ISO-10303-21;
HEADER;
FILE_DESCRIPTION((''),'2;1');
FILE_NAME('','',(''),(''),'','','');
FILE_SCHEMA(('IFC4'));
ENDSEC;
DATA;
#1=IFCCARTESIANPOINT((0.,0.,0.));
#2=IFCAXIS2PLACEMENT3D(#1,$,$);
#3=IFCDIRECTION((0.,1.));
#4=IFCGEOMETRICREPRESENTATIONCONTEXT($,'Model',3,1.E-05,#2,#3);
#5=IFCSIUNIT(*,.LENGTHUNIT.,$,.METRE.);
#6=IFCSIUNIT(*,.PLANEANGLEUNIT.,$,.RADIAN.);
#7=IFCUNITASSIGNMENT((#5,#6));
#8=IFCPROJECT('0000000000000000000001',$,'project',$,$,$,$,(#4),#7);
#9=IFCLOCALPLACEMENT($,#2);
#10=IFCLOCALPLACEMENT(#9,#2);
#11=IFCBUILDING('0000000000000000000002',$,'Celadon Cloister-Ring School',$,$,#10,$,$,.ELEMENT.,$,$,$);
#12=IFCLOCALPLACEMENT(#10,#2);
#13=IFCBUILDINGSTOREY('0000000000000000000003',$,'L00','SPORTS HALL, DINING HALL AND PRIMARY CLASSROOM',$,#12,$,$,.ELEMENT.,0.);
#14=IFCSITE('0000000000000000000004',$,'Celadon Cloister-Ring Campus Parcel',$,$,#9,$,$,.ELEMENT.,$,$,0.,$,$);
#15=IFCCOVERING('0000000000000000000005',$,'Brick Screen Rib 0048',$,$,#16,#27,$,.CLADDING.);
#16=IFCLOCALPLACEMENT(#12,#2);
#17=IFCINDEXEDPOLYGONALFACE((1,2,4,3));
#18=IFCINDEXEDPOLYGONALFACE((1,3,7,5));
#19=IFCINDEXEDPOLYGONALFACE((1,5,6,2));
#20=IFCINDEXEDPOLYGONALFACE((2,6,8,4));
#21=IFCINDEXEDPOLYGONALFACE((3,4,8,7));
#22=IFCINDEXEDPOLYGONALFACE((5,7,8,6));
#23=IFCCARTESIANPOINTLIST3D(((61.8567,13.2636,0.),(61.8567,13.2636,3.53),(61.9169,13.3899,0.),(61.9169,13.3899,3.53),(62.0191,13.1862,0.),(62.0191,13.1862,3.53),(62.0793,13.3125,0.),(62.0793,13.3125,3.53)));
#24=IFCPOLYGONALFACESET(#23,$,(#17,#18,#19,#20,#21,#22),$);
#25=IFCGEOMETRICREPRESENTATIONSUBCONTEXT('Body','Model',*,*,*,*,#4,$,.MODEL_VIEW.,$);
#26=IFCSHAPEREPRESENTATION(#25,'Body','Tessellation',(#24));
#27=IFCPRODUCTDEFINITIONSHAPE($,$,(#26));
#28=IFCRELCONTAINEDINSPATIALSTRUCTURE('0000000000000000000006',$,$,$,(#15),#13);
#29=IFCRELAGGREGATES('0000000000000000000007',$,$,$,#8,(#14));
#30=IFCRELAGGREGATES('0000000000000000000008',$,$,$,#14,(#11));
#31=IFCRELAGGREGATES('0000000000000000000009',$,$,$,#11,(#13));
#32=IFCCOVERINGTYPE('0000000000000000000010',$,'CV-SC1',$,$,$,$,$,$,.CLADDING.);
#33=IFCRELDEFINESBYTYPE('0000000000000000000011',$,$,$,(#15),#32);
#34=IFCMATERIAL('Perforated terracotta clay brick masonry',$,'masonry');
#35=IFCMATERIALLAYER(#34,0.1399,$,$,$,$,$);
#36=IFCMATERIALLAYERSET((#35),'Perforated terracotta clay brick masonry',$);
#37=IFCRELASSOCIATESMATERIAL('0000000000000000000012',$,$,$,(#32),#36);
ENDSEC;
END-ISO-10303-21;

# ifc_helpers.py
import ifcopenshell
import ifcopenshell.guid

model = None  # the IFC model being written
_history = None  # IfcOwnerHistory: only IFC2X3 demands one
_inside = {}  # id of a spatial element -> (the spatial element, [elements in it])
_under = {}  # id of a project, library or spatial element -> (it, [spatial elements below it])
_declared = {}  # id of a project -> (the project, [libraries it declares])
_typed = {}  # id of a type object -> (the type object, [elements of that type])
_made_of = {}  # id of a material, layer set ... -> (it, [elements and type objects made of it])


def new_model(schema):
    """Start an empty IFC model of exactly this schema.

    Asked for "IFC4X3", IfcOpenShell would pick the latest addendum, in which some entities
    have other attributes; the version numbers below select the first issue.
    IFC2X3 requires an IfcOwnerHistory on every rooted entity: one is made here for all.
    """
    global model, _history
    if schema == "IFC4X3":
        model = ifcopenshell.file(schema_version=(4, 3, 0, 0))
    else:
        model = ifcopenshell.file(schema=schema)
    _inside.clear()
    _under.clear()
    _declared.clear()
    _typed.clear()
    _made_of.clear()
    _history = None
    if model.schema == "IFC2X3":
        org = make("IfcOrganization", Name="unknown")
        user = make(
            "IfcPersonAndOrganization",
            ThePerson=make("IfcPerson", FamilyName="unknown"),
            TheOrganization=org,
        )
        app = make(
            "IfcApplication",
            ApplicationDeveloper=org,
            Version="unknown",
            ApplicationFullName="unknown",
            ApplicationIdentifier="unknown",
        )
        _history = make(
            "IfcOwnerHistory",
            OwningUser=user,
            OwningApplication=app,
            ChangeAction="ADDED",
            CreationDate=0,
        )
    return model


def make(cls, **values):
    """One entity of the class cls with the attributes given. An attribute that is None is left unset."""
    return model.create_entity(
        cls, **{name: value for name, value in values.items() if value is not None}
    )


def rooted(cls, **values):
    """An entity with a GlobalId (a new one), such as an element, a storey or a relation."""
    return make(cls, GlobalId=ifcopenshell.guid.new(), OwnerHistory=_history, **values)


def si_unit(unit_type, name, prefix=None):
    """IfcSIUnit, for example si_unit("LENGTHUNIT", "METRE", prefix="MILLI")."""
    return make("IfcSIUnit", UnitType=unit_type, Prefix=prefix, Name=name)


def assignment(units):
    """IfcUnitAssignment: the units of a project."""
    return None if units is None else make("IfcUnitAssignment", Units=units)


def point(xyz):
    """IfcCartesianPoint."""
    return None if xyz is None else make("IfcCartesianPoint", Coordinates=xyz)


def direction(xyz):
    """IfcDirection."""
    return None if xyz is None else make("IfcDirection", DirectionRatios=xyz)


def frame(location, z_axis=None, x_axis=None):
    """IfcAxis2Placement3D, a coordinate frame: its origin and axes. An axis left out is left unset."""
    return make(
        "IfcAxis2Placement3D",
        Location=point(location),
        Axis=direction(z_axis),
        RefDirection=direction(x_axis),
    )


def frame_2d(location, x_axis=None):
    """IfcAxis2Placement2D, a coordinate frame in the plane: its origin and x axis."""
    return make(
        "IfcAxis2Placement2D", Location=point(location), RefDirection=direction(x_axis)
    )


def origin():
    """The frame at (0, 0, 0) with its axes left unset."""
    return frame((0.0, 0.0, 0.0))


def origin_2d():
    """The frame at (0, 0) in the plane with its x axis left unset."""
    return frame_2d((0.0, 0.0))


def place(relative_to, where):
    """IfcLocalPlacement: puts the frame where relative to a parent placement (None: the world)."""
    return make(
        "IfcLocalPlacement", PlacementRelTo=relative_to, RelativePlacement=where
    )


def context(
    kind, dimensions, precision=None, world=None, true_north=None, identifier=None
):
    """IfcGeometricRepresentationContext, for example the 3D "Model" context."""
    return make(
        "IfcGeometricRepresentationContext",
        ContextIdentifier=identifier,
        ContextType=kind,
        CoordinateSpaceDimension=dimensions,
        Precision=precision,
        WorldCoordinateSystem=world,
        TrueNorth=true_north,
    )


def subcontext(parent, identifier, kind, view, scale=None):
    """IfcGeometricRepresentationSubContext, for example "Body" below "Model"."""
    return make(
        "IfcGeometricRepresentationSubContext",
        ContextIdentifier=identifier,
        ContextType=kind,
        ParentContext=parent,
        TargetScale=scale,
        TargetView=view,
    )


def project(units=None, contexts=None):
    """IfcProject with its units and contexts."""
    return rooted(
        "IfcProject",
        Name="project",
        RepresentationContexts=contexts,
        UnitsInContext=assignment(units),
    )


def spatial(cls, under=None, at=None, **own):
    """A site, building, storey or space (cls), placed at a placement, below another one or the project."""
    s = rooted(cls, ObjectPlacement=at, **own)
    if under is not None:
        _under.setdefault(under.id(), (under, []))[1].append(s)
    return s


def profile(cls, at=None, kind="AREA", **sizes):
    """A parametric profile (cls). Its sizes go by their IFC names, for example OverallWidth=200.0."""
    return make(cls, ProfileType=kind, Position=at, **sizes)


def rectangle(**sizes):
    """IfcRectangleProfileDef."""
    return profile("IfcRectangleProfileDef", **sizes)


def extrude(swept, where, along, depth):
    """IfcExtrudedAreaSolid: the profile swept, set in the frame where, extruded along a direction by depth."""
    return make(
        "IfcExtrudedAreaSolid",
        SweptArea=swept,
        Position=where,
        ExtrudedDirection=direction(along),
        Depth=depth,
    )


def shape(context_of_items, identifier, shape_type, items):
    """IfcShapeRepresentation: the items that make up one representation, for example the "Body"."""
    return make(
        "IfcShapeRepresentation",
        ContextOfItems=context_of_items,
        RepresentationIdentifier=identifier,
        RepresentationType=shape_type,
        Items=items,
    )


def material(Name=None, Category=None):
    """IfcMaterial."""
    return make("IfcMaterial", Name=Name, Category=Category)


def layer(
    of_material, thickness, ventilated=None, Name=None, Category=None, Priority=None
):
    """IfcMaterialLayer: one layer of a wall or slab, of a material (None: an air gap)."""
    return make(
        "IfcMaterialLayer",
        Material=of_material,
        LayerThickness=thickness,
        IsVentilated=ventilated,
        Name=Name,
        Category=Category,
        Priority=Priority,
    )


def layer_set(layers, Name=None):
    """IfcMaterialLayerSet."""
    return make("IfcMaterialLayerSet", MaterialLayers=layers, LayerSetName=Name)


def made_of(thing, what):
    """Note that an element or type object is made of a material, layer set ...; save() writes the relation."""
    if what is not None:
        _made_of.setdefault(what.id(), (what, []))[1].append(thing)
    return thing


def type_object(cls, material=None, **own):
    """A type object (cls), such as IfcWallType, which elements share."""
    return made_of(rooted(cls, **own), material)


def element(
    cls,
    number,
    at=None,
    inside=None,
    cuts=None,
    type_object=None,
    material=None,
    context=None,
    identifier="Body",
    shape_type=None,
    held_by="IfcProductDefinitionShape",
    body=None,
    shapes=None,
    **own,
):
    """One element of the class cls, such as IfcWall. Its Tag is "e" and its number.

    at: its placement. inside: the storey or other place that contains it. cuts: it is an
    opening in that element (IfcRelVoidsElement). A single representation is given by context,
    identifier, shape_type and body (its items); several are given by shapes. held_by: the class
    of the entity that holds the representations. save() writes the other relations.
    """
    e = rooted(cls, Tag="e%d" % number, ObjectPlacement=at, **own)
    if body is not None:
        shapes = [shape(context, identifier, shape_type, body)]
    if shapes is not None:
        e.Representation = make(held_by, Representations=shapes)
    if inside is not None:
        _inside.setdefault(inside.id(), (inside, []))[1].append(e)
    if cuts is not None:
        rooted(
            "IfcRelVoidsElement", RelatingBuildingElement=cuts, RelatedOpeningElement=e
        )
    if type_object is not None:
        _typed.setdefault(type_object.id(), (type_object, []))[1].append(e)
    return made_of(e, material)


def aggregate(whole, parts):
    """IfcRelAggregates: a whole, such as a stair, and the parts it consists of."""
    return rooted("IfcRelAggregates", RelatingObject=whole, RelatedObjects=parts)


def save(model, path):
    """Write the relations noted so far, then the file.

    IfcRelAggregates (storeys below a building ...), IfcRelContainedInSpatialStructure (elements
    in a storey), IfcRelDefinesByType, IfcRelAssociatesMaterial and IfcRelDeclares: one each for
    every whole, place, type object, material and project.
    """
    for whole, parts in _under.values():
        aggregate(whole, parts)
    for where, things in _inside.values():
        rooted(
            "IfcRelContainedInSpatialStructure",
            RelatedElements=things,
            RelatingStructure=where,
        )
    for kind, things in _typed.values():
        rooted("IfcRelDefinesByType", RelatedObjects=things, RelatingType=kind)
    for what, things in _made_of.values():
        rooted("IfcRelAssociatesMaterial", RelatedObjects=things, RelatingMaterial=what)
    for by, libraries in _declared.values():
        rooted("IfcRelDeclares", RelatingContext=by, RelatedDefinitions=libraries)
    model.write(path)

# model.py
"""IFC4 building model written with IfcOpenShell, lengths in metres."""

from ifc_helpers import new_model, si_unit, direction, frame, origin, origin_2d, place, context, subcontext, project, spatial, rectangle, extrude, material, layer, layer_set, type_object, element, save


model = new_model("IFC4")

# Units and contexts
model_context = context("Model", 3, precision=1e-05, world=origin(), true_north=direction((0.0, 1.0)))
body_context = subcontext(model_context, "Body", "Model", "MODEL_VIEW")
ifc_project = project(units=[si_unit("LENGTHUNIT", "METRE"), si_unit("PLANEANGLEUNIT", "RADIAN")], contexts=[model_context])

# Site, building, storey
site_placement = place(None, origin())
site = spatial("IfcSite", under=ifc_project, at=site_placement, Name="Celadon Cloister-Ring Campus Parcel", CompositionType="ELEMENT", RefElevation=0.0)
building_placement = place(site_placement, origin())
building = spatial("IfcBuilding", under=site, at=building_placement, Name="Celadon Cloister-Ring School", CompositionType="ELEMENT")
storey_placement = place(building_placement, origin())
storey = spatial("IfcBuildingStorey", under=building, at=storey_placement, Name="L00", Description="SPORTS HALL, DINING HALL AND PRIMARY CLASSROOM", CompositionType="ELEMENT", Elevation=0.0)

# Covering
ifc_material_1 = material(Name="Perforated terracotta clay brick masonry", Category="masonry")
ifc_layer_1 = layer(ifc_material_1, 0.1399)
ifc_layer_set_1 = layer_set([ifc_layer_1], Name="Perforated terracotta clay brick masonry")
covering_type = type_object("IfcCoveringType", Name="CV-SC1", PredefinedType="CLADDING", material=ifc_layer_set_1)
for number, where, z_axis, x_axis, name in (
    (1, (61.968, 13.2881, 0.0), (0.0, 0.0, 1.0), (-0.902743, 0.43018, 0.0), "Brick Screen Rib 0048"),
):
    element("IfcCovering", number, at=place(storey_placement, frame(where, z_axis=z_axis, x_axis=x_axis)), inside=storey, type_object=covering_type, Name=name, PredefinedType="CLADDING", context=body_context, shape_type="SweptSolid", body=[
        extrude(rectangle(XDim=0.1799, YDim=0.1399, at=origin_2d()), origin(), (0.0, 0.0, 1.0), 3.53),
    ])

save(model, "model.ifc")
